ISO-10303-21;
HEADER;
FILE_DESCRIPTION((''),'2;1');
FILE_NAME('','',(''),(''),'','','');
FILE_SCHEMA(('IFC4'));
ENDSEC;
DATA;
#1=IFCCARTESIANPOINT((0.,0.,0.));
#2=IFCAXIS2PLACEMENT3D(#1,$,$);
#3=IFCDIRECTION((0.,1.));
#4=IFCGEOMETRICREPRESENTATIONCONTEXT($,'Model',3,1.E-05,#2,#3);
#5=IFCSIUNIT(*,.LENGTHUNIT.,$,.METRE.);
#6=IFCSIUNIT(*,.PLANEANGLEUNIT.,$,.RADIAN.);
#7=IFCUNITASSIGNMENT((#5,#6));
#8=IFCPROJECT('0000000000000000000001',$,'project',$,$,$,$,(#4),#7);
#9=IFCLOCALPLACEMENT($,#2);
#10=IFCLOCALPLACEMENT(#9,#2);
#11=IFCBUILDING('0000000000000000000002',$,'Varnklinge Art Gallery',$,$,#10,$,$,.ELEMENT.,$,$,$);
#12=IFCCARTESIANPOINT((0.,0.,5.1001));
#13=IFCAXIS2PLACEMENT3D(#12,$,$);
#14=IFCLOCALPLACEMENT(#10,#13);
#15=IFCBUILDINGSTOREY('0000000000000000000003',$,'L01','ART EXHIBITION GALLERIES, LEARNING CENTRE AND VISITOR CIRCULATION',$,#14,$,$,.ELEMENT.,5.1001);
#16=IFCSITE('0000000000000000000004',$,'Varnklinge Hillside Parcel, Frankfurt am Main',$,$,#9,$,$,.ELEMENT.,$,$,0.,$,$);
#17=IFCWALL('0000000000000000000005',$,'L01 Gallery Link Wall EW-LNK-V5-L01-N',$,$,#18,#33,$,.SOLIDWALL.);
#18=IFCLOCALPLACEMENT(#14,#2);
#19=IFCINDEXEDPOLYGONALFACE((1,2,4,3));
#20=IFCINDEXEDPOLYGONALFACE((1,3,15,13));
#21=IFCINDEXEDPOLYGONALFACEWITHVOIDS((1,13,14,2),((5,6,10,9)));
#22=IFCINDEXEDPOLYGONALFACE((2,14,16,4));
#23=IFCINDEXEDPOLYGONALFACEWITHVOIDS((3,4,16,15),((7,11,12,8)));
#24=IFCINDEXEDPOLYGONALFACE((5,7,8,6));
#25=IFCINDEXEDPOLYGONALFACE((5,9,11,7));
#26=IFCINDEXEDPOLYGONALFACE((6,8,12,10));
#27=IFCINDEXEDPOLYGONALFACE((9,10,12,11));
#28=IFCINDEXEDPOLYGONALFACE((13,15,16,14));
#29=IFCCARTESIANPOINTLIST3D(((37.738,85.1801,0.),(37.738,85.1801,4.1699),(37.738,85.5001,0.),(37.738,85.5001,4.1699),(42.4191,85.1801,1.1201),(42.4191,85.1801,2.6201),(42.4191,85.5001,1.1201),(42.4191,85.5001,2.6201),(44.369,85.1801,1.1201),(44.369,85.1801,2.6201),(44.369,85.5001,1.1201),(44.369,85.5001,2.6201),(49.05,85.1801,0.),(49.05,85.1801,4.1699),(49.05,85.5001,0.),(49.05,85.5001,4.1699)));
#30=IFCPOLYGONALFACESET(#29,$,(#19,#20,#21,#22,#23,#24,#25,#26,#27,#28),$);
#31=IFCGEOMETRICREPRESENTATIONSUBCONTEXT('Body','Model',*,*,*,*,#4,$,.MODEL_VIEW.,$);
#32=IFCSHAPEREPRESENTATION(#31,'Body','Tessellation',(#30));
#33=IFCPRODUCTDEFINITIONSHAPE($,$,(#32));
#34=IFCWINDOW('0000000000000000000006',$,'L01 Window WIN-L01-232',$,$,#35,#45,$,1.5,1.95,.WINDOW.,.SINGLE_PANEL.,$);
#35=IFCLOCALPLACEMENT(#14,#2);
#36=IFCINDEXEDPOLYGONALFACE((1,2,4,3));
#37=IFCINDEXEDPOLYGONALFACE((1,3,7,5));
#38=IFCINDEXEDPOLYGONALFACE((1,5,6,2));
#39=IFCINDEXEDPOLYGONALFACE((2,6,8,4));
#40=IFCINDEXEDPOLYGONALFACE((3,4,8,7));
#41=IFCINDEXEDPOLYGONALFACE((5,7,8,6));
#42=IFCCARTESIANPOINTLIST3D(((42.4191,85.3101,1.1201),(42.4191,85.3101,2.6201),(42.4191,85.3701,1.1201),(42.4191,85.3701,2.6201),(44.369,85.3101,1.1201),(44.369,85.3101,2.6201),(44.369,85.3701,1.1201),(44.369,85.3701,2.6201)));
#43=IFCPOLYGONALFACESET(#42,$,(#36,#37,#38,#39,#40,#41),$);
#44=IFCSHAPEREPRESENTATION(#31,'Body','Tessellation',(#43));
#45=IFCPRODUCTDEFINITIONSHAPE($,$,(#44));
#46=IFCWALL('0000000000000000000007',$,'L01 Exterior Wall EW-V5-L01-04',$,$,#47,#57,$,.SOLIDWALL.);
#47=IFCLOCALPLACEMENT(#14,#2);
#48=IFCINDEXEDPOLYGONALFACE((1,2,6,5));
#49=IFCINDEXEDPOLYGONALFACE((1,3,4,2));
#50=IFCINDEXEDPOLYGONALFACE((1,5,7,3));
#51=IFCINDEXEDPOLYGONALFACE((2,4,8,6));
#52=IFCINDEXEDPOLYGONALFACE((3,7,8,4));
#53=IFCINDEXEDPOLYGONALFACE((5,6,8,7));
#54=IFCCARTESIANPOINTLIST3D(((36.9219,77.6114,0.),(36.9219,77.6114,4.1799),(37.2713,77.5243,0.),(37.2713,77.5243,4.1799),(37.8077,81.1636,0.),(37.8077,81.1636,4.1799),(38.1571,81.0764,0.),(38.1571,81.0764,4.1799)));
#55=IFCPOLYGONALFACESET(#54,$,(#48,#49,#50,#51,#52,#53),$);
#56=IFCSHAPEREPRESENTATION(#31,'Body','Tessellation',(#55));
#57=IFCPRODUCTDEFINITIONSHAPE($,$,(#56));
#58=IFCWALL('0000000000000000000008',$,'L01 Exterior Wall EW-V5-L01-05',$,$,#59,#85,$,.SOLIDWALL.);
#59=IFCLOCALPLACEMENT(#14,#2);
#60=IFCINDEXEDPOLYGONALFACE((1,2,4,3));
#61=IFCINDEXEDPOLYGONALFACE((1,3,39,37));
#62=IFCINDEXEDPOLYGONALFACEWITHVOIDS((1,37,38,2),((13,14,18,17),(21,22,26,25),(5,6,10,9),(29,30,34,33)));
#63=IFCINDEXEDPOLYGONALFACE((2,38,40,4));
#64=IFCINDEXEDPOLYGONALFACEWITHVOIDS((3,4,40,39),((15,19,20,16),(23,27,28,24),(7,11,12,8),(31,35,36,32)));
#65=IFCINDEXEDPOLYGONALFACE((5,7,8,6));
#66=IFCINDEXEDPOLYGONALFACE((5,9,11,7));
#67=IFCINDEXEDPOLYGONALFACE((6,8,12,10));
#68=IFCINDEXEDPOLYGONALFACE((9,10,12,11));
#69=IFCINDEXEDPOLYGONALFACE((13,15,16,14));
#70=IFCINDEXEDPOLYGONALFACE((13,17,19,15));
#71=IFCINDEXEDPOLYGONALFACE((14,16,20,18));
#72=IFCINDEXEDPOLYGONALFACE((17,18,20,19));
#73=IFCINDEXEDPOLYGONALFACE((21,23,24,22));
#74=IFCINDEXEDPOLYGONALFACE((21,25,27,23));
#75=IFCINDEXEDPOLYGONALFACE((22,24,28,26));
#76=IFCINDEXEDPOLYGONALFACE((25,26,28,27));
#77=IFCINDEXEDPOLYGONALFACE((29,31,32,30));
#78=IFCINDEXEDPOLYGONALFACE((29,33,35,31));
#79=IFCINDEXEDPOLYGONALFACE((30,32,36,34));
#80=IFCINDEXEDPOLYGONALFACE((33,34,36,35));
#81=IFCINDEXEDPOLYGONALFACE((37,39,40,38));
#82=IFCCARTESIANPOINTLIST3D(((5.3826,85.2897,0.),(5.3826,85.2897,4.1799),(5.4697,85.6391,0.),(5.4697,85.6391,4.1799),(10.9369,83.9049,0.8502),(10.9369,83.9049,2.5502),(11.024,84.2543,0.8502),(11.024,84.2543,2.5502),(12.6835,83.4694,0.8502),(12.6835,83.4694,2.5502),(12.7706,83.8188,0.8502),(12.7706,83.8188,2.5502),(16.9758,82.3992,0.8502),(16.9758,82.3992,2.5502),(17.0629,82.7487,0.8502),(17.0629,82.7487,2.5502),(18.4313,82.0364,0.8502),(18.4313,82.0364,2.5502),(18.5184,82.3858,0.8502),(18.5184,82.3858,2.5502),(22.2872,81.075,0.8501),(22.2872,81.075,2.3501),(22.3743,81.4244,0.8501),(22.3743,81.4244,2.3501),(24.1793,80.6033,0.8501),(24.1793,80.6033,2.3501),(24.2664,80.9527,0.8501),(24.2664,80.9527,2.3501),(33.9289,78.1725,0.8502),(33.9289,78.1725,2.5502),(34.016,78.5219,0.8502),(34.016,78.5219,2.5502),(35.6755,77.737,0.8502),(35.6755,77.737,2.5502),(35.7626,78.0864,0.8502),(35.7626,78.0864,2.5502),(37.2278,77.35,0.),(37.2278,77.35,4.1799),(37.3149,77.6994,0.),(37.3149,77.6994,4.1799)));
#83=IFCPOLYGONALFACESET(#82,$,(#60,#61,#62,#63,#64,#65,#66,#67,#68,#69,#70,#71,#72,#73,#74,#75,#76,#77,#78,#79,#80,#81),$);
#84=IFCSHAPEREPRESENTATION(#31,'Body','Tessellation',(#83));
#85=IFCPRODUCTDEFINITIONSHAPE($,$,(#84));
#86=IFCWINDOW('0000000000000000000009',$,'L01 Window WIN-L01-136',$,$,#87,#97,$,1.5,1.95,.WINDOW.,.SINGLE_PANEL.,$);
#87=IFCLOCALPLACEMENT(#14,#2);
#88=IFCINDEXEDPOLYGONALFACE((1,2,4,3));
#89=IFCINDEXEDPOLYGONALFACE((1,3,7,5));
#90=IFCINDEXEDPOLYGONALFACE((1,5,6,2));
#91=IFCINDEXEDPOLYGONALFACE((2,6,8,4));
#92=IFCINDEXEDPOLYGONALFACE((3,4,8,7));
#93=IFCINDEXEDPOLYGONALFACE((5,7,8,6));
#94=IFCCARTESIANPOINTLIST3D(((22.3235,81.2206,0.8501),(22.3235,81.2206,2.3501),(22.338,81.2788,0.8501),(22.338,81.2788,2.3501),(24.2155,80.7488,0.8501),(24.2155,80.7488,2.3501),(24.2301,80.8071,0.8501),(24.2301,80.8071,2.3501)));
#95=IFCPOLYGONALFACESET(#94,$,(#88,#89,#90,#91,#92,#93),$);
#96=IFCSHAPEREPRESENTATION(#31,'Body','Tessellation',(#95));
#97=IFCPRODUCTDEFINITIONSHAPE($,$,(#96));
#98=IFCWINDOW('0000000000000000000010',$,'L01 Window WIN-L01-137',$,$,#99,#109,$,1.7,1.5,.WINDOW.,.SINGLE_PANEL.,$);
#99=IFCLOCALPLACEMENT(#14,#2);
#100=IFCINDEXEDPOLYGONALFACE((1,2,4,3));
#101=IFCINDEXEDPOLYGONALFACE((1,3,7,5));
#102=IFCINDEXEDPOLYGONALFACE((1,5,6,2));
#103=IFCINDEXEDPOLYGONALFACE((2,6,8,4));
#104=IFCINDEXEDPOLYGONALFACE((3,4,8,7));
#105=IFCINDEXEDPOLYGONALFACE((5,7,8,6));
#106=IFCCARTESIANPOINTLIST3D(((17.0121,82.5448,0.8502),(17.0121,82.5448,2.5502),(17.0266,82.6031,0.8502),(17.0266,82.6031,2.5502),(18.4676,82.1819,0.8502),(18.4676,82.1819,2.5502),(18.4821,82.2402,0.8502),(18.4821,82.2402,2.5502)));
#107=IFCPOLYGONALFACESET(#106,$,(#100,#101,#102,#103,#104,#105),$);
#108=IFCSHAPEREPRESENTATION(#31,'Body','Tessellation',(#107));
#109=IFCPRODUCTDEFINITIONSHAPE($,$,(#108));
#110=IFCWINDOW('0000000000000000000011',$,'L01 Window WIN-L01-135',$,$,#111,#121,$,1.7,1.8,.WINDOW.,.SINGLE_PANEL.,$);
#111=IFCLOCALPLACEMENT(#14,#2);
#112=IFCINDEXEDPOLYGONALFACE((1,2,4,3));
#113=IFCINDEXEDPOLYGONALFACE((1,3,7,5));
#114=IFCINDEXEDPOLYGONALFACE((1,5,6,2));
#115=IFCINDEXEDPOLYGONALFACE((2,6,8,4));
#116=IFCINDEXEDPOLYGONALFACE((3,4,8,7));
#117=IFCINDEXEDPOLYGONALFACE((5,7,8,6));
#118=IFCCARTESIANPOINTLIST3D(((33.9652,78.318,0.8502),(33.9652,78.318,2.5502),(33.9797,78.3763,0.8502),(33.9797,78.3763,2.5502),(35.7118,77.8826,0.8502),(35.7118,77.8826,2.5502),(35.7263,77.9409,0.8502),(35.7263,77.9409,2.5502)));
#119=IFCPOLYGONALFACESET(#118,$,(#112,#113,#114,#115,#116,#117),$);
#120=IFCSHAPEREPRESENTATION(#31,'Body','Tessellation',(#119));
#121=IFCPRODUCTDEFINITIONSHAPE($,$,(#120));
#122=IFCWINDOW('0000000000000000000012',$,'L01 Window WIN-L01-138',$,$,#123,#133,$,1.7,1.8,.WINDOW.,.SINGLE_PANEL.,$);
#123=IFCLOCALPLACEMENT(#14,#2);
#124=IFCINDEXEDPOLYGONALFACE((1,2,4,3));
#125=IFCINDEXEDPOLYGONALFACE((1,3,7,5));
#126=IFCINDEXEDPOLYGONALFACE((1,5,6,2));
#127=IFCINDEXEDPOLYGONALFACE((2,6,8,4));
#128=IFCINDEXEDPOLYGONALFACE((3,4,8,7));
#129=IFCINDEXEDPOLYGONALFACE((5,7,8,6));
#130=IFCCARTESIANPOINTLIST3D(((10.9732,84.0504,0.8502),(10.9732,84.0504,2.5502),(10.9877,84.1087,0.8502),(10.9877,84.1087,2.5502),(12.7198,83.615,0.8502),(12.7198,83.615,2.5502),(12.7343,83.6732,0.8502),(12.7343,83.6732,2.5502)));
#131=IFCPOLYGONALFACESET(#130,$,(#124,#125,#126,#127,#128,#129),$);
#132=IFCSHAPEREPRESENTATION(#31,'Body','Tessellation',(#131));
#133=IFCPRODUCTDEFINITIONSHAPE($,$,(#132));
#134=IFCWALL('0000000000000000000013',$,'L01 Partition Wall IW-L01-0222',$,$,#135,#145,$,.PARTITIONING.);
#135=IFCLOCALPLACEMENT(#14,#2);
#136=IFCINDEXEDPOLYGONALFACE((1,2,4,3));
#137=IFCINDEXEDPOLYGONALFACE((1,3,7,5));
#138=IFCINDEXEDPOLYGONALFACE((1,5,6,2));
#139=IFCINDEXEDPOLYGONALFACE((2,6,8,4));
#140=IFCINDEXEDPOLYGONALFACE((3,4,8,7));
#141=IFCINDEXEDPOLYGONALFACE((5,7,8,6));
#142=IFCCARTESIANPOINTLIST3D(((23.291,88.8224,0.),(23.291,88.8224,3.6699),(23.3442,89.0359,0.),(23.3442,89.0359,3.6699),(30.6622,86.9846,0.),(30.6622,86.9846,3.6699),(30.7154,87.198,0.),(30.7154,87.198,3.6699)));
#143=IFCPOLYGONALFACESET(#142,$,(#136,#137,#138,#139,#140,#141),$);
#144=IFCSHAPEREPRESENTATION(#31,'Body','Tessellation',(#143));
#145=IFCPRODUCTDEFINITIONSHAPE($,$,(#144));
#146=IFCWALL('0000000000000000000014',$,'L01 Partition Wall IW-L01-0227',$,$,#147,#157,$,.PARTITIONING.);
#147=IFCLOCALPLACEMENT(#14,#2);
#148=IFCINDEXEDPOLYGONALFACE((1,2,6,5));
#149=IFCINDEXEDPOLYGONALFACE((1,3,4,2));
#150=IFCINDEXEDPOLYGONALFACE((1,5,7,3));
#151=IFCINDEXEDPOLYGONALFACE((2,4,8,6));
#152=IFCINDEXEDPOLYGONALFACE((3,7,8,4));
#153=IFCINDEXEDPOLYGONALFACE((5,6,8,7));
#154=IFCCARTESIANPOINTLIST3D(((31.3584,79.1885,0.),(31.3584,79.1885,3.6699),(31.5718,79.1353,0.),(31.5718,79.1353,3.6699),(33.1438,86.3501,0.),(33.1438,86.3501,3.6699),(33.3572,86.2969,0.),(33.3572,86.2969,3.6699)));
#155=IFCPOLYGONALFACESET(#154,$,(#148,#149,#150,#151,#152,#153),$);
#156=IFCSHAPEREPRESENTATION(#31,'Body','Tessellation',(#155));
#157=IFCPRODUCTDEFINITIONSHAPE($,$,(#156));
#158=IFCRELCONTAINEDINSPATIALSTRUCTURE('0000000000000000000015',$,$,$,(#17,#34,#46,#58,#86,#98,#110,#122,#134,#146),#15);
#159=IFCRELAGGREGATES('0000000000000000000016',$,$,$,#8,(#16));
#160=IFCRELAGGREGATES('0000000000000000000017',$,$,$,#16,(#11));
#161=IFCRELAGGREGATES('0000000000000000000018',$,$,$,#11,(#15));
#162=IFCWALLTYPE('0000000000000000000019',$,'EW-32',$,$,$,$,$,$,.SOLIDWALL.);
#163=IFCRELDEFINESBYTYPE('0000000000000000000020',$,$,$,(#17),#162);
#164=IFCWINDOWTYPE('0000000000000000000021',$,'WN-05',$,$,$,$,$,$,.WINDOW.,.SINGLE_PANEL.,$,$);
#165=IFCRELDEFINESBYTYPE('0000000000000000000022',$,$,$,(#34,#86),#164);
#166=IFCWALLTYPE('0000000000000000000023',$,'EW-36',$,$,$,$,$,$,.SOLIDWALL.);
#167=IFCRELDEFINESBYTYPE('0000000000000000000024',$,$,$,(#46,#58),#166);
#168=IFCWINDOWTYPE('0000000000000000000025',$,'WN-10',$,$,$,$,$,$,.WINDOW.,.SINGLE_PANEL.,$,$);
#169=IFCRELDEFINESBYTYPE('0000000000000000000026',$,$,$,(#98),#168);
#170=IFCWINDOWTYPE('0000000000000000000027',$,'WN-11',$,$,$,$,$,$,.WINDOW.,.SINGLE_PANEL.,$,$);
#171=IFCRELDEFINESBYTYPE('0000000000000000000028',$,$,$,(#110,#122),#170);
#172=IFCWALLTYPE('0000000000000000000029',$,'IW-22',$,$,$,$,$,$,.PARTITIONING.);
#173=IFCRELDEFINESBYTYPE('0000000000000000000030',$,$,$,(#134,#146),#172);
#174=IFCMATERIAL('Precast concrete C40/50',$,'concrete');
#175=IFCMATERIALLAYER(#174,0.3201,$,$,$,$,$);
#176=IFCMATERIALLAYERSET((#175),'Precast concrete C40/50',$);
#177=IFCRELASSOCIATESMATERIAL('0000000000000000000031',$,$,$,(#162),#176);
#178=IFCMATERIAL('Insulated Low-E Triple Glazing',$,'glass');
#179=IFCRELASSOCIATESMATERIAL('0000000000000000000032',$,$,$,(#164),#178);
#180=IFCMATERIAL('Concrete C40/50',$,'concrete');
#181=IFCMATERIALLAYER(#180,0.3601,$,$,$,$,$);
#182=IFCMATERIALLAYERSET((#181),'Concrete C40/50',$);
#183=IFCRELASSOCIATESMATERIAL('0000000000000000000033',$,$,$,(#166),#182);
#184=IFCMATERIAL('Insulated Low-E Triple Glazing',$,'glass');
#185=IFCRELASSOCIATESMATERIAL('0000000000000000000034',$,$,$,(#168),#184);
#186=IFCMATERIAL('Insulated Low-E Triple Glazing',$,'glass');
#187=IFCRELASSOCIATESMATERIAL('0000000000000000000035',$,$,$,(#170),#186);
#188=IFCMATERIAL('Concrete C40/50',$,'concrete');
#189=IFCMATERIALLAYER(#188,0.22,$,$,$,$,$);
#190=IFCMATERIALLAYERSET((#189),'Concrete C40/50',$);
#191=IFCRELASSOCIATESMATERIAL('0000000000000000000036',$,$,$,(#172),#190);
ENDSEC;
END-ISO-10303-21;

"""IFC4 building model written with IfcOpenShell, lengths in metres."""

from ifc_helpers import new_model, si_unit, direction, frame, frame_2d, origin, place, context, subcontext, project, spatial, rectangle, extrude, material, layer, layer_set, type_object, element, fill, save


model = new_model("IFC4")

# Units and contexts
model_context = context("Model", 3, precision=1e-05, world=origin(), true_north=direction((0.0, 1.0)))
body_context = subcontext(model_context, "Body", "Model", "MODEL_VIEW")
ifc_project = project(units=[si_unit("LENGTHUNIT", "METRE"), si_unit("PLANEANGLEUNIT", "RADIAN")], contexts=[model_context])

# Site, building, storey
site_placement = place(None, origin())
site = spatial("IfcSite", under=ifc_project, at=site_placement, Name="Varnklinge Hillside Parcel, Frankfurt am Main", CompositionType="ELEMENT", RefElevation=0.0)
building_placement = place(site_placement, origin())
building = spatial("IfcBuilding", under=site, at=building_placement, Name="Varnklinge Art Gallery", CompositionType="ELEMENT")
storey_placement = place(building_placement, frame((0.0, 0.0, 5.1001)))
storey = spatial("IfcBuildingStorey", under=building, at=storey_placement, Name="L01", Description="ART EXHIBITION GALLERIES, LEARNING CENTRE AND VISITOR CIRCULATION", CompositionType="ELEMENT", Elevation=5.1001)

# Wall, opening, window
ifc_material_1 = material(Name="Precast concrete C40/50", Category="concrete")
ifc_layer_1 = layer(ifc_material_1, 0.3201)
ifc_layer_set_1 = layer_set([ifc_layer_1], Name="Precast concrete C40/50")
wall_type_1 = type_object("IfcWallType", Name="EW-32", PredefinedType="SOLIDWALL", material=ifc_layer_set_1)
wall_1_placement = place(storey_placement, frame((37.738, 85.3401, 0.0), z_axis=(0.0, 0.0, 1.0), x_axis=(1.0, 0.0, 0.0)))
wall_1 = element("IfcWall", 1, at=wall_1_placement, inside=storey, type_object=wall_type_1, Name="L01 Gallery Link Wall EW-LNK-V5-L01-N", PredefinedType="SOLIDWALL", context=body_context, shape_type="SweptSolid", body=[
    extrude(rectangle(XDim=11.312, YDim=0.3201, at=frame_2d((5.656, 0.0))), origin(), (0.0, 0.0, 1.0), 4.1699),
])
opening_1_placement = place(wall_1_placement, frame((4.6809, 0.0, 1.1201)))
opening_1 = element("IfcOpeningElement", 2, at=opening_1_placement, cuts=wall_1, PredefinedType="OPENING", context=body_context, shape_type="SweptSolid", body=[
    extrude(rectangle(XDim=1.95, YDim=1.5, at=frame_2d((0.9751, 0.75))), frame((0.0, 0.1702, 0.0), z_axis=(0.0, -1.0, 0.0), x_axis=(1.0, 0.0, 0.0)), (0.0, 0.0, 1.0), 0.3401),
])
ifc_material_2 = material(Name="Insulated Low-E Triple Glazing", Category="glass")
window_type_1 = type_object("IfcWindowType", Name="WN-05", PartitioningType="SINGLE_PANEL", PredefinedType="WINDOW", material=ifc_material_2)
window_1_placement = place(opening_1_placement, origin())
window_1 = element("IfcWindow", 3, at=window_1_placement, inside=storey, type_object=window_type_1, Name="L01 Window WIN-L01-232", OverallHeight=1.5, OverallWidth=1.95, PartitioningType="SINGLE_PANEL", PredefinedType="WINDOW", context=body_context, shape_type="SweptSolid", body=[
    extrude(rectangle(XDim=1.95, YDim=1.5, at=frame_2d((0.9751, 0.75))), frame((0.0, 0.03, 0.0), z_axis=(0.0, -1.0, 0.0), x_axis=(1.0, 0.0, 0.0)), (0.0, 0.0, 1.0), 0.0601),
])
fill(opening_1, window_1)

# Wall
ifc_material_3 = material(Name="Concrete C40/50", Category="concrete")
ifc_layer_2 = layer(ifc_material_3, 0.3601)
ifc_layer_set_2 = layer_set([ifc_layer_2], Name="Concrete C40/50")
wall_type_2 = type_object("IfcWallType", Name="EW-36", PredefinedType="SOLIDWALL", material=ifc_layer_set_2)
wall_2_placement = place(storey_placement, frame((37.9824, 81.1201, 0.0), z_axis=(0.0, 0.0, 1.0), x_axis=(-0.241955, -0.970287, 0.0)))
element("IfcWall", 4, at=wall_2_placement, inside=storey, type_object=wall_type_2, Name="L01 Exterior Wall EW-V5-L01-04", PredefinedType="SOLIDWALL", context=body_context, shape_type="SweptSolid", body=[
    extrude(rectangle(XDim=3.6609, YDim=0.3601, at=frame_2d((1.8306, 0.0))), origin(), (0.0, 0.0, 1.0), 4.1799),
])

# Wall, openings, windows
wall_3_placement = place(storey_placement, frame((37.2715, 77.5247, 0.0), z_axis=(0.0, 0.0, 1.0), x_axis=(-0.970297, 0.241916, 0.0)))
wall_3 = element("IfcWall", 5, at=wall_3_placement, inside=storey, type_object=wall_type_2, Name="L01 Exterior Wall EW-V5-L01-05", PredefinedType="SOLIDWALL", context=body_context, shape_type="SweptSolid", body=[
    extrude(rectangle(XDim=32.8201, YDim=0.3601, at=frame_2d((16.4102, 0.0))), origin(), (0.0, 0.0, 1.0), 4.1799),
])
opening_2_placement = place(wall_3_placement, frame((1.6001, 0.0, 0.8501)))
opening_2 = element("IfcOpeningElement", 6, at=opening_2_placement, cuts=wall_3, PredefinedType="OPENING", context=body_context, shape_type="SweptSolid", body=[
    extrude(rectangle(XDim=1.8, YDim=1.7, at=frame_2d((0.8999, 0.8501))), frame((0.0, 0.1902, 0.0), z_axis=(0.0, -1.0, 0.0), x_axis=(1.0, 0.0, 0.0)), (0.0, 0.0, 1.0), 0.3801),
])
opening_3_placement = place(wall_3_placement, frame((13.448, 0.0, 0.8501)))
opening_3 = element("IfcOpeningElement", 7, at=opening_3_placement, cuts=wall_3, PredefinedType="OPENING", context=body_context, shape_type="SweptSolid", body=[
    extrude(rectangle(XDim=1.95, YDim=1.5, at=frame_2d((0.9751, 0.75))), frame((0.0, 0.1902, 0.0), z_axis=(0.0, -1.0, 0.0), x_axis=(1.0, 0.0, 0.0)), (0.0, 0.0, 1.0), 0.3801),
])
opening_4_placement = place(wall_3_placement, frame((19.3721, 0.0, 0.8501)))
opening_4 = element("IfcOpeningElement", 8, at=opening_4_placement, cuts=wall_3, PredefinedType="OPENING", context=body_context, shape_type="SweptSolid", body=[
    extrude(rectangle(XDim=1.5, YDim=1.7, at=frame_2d((0.75, 0.8501))), frame((0.0, 0.1902, 0.0), z_axis=(0.0, -1.0, 0.0), x_axis=(1.0, 0.0, 0.0)), (0.0, 0.0, 1.0), 0.3801),
])
opening_5_placement = place(wall_3_placement, frame((25.2959, 0.0, 0.8501)))
opening_5 = element("IfcOpeningElement", 9, at=opening_5_placement, cuts=wall_3, PredefinedType="OPENING", context=body_context, shape_type="SweptSolid", body=[
    extrude(rectangle(XDim=1.8, YDim=1.7, at=frame_2d((0.8999, 0.8501))), frame((0.0, 0.1902, 0.0), z_axis=(0.0, -1.0, 0.0), x_axis=(1.0, 0.0, 0.0)), (0.0, 0.0, 1.0), 0.3801),
])
window_2_placement = place(opening_3_placement, origin())
window_2 = element("IfcWindow", 10, at=window_2_placement, inside=storey, type_object=window_type_1, Name="L01 Window WIN-L01-136", OverallHeight=1.5, OverallWidth=1.95, PartitioningType="SINGLE_PANEL", PredefinedType="WINDOW", context=body_context, shape_type="SweptSolid", body=[
    extrude(rectangle(XDim=1.95, YDim=1.5, at=frame_2d((0.9751, 0.75))), frame((0.0, 0.03, 0.0), z_axis=(0.0, -1.0, 0.0), x_axis=(1.0, 0.0, 0.0)), (0.0, 0.0, 1.0), 0.0601),
])
fill(opening_3, window_2)
ifc_material_4 = material(Name="Insulated Low-E Triple Glazing", Category="glass")
window_type_2 = type_object("IfcWindowType", Name="WN-10", PartitioningType="SINGLE_PANEL", PredefinedType="WINDOW", material=ifc_material_4)
window_3_placement = place(opening_4_placement, origin())
window_3 = element("IfcWindow", 11, at=window_3_placement, inside=storey, type_object=window_type_2, Name="L01 Window WIN-L01-137", OverallHeight=1.7, OverallWidth=1.5, PartitioningType="SINGLE_PANEL", PredefinedType="WINDOW", context=body_context, shape_type="SweptSolid", body=[
    extrude(rectangle(XDim=1.5, YDim=1.7, at=frame_2d((0.75, 0.8501))), frame((0.0, 0.03, 0.0), z_axis=(0.0, -1.0, 0.0), x_axis=(1.0, 0.0, 0.0)), (0.0, 0.0, 1.0), 0.0601),
])
fill(opening_4, window_3)
ifc_material_5 = material(Name="Insulated Low-E Triple Glazing", Category="glass")
window_type_3 = type_object("IfcWindowType", Name="WN-11", PartitioningType="SINGLE_PANEL", PredefinedType="WINDOW", material=ifc_material_5)
window_4_placement = place(opening_2_placement, origin())
window_4 = element("IfcWindow", 12, at=window_4_placement, inside=storey, type_object=window_type_3, Name="L01 Window WIN-L01-135", OverallHeight=1.7, OverallWidth=1.8, PartitioningType="SINGLE_PANEL", PredefinedType="WINDOW", context=body_context, shape_type="SweptSolid", body=[
    extrude(rectangle(XDim=1.8, YDim=1.7, at=frame_2d((0.8999, 0.8501))), frame((0.0, 0.03, 0.0), z_axis=(0.0, -1.0, 0.0), x_axis=(1.0, 0.0, 0.0)), (0.0, 0.0, 1.0), 0.0601),
])
fill(opening_2, window_4)
window_5_placement = place(opening_5_placement, origin())
window_5 = element("IfcWindow", 13, at=window_5_placement, inside=storey, type_object=window_type_3, Name="L01 Window WIN-L01-138", OverallHeight=1.7, OverallWidth=1.8, PartitioningType="SINGLE_PANEL", PredefinedType="WINDOW", context=body_context, shape_type="SweptSolid", body=[
    extrude(rectangle(XDim=1.8, YDim=1.7, at=frame_2d((0.8999, 0.8501))), frame((0.0, 0.03, 0.0), z_axis=(0.0, -1.0, 0.0), x_axis=(1.0, 0.0, 0.0)), (0.0, 0.0, 1.0), 0.0601),
])
fill(opening_5, window_5)

# Wall
ifc_material_6 = material(Name="Concrete C40/50", Category="concrete")
ifc_layer_3 = layer(ifc_material_6, 0.22)
ifc_layer_set_3 = layer_set([ifc_layer_3], Name="Concrete C40/50")
wall_type_3 = type_object("IfcWallType", Name="IW-22", PredefinedType="PARTITIONING", material=ifc_layer_set_3)
wall_4_placement = place(storey_placement, frame((30.6887, 87.0913, 0.0), z_axis=(0.0, 0.0, 1.0), x_axis=(-0.970295, 0.241923, 0.0)))
element("IfcWall", 14, at=wall_4_placement, inside=storey, type_object=wall_type_3, Name="L01 Partition Wall IW-L01-0222", PredefinedType="PARTITIONING", context=body_context, shape_type="SweptSolid", body=[
    extrude(rectangle(XDim=7.5969, YDim=0.22, at=frame_2d((3.7983, 0.0))), origin(), (0.0, 0.0, 1.0), 3.6699),
])

# Wall
wall_5_placement = place(storey_placement, frame((31.4651, 79.1619, 0.0), z_axis=(0.0, 0.0, 1.0), x_axis=(0.241897, 0.970302, 0.0)))
element("IfcWall", 15, at=wall_5_placement, inside=storey, type_object=wall_type_3, Name="L01 Partition Wall IW-L01-0227", PredefinedType="PARTITIONING", context=body_context, shape_type="SweptSolid", body=[
    extrude(rectangle(XDim=7.3809, YDim=0.22, at=frame_2d((3.6904, 0.0))), origin(), (0.0, 0.0, 1.0), 3.6699),
])

save(model, "model.ifc")
